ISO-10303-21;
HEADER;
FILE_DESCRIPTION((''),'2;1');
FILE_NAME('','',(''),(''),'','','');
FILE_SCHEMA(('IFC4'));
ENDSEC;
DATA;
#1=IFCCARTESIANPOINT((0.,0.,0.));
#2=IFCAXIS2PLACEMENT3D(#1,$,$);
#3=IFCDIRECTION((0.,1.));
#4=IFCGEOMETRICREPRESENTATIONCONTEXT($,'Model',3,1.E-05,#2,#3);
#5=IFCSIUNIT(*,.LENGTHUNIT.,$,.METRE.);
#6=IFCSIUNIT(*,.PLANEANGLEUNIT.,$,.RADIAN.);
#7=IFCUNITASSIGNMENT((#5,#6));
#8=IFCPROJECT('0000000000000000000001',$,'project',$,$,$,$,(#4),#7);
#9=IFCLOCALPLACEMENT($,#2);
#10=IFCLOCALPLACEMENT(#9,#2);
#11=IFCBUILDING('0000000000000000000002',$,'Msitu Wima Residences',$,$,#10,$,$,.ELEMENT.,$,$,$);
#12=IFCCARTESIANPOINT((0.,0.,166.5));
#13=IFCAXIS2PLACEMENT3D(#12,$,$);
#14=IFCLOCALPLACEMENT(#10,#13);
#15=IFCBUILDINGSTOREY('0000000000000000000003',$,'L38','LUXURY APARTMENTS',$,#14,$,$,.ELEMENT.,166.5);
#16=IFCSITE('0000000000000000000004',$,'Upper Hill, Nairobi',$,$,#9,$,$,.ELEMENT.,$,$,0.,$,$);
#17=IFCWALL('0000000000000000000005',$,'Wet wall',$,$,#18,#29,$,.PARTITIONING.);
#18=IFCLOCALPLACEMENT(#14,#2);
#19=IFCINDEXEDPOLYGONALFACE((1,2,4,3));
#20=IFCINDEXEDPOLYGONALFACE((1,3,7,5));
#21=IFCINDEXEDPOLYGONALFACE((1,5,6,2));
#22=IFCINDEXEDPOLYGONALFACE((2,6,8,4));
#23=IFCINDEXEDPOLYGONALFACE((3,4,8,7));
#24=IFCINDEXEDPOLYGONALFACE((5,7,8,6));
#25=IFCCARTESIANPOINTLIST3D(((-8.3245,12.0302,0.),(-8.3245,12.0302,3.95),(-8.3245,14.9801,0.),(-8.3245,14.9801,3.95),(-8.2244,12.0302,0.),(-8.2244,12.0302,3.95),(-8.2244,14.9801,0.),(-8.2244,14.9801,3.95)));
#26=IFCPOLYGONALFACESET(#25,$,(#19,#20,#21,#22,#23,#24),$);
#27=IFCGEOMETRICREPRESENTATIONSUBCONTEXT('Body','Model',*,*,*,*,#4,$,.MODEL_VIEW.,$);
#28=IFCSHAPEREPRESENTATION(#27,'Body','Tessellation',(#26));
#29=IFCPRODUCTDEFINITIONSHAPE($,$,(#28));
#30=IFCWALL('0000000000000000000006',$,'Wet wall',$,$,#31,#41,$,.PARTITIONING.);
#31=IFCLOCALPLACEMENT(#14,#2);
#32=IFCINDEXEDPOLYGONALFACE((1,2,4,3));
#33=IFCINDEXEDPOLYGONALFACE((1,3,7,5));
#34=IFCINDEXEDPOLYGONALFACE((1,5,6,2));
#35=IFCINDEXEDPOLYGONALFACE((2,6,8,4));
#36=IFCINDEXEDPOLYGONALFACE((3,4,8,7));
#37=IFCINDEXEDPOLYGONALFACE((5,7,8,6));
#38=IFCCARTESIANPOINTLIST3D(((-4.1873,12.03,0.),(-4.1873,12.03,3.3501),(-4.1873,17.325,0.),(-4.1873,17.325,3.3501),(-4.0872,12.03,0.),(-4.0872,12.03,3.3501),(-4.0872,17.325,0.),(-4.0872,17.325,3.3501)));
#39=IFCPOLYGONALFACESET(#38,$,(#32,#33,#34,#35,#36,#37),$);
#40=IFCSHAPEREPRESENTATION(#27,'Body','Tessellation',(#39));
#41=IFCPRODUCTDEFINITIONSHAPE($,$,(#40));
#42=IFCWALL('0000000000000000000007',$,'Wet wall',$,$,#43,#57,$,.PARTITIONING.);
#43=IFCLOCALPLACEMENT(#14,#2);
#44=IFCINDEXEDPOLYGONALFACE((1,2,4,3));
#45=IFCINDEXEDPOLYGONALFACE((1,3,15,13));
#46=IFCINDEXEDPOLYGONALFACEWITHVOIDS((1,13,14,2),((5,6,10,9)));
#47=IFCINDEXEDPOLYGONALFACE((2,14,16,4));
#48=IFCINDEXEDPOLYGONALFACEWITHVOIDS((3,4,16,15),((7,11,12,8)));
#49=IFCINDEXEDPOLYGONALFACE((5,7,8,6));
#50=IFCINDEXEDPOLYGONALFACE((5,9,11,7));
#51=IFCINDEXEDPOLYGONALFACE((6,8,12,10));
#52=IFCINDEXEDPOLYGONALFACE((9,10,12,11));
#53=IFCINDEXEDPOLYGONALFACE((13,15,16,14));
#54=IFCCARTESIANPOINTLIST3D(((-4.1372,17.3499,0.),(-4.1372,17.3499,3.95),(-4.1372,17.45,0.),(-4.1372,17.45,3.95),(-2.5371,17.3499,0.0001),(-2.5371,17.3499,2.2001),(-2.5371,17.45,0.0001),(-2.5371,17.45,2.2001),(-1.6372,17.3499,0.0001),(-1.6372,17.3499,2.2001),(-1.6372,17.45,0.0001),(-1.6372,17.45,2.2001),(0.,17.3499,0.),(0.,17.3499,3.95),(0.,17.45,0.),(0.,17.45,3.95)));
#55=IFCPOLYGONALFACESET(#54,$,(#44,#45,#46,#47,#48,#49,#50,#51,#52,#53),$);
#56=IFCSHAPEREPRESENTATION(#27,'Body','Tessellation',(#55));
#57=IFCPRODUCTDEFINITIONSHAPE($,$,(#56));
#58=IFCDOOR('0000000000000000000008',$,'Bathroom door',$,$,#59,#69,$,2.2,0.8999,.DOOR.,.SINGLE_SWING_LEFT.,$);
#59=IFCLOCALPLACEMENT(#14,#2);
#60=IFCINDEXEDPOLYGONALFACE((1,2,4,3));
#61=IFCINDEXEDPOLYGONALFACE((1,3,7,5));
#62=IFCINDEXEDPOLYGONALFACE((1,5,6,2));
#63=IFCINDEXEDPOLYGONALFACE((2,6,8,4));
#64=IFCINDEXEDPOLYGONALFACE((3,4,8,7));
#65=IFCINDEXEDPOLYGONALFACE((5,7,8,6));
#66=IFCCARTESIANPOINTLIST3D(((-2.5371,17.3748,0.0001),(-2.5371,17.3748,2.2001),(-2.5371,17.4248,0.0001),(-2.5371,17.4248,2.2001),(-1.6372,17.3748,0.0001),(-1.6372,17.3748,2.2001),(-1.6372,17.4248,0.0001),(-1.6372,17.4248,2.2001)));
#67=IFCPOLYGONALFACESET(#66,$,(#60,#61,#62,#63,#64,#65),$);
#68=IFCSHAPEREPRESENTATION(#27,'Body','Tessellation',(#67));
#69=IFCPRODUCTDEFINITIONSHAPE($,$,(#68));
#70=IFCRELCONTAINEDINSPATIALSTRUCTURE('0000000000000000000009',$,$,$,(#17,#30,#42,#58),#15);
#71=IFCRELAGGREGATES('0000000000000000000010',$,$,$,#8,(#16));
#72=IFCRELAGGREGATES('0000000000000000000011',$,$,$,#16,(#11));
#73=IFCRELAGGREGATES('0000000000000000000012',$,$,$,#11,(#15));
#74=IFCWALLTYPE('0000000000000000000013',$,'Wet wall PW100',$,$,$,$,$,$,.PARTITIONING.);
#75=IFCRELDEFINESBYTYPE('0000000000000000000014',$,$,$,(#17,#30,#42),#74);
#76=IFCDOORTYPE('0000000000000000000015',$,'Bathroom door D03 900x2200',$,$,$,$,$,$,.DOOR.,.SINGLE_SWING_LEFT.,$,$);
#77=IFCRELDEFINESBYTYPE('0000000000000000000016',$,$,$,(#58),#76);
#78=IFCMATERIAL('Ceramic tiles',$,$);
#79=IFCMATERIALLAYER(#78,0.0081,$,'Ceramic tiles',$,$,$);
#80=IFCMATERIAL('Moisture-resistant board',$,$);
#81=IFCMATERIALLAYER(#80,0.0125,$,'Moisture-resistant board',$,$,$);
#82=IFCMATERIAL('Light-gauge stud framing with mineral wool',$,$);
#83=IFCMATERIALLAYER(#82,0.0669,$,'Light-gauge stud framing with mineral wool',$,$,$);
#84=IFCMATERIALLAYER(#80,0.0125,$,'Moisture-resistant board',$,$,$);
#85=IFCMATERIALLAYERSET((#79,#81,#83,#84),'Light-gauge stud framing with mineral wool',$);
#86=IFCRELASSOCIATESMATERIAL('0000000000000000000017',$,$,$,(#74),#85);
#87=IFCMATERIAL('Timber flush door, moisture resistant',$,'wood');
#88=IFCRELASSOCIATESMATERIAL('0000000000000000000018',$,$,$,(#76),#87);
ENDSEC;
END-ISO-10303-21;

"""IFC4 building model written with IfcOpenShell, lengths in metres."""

from ifc_helpers import new_model, si_unit, direction, frame, frame_2d, origin, place, context, subcontext, project, spatial, rectangle, extrude, material, layer, layer_set, type_object, element, fill, save


model = new_model("IFC4")

# Units and contexts
model_context = context("Model", 3, precision=1e-05, world=origin(), true_north=direction((0.0, 1.0)))
body_context = subcontext(model_context, "Body", "Model", "MODEL_VIEW")
ifc_project = project(units=[si_unit("LENGTHUNIT", "METRE"), si_unit("PLANEANGLEUNIT", "RADIAN")], contexts=[model_context])

# Site, building, storey
site_placement = place(None, origin())
site = spatial("IfcSite", under=ifc_project, at=site_placement, Name="Upper Hill, Nairobi", CompositionType="ELEMENT", RefElevation=0.0)
building_placement = place(site_placement, origin())
building = spatial("IfcBuilding", under=site, at=building_placement, Name="Msitu Wima Residences", CompositionType="ELEMENT")
storey_placement = place(building_placement, frame((0.0, 0.0, 166.5)))
storey = spatial("IfcBuildingStorey", under=building, at=storey_placement, Name="L38", Description="LUXURY APARTMENTS", CompositionType="ELEMENT", Elevation=166.5)

# Shared definitions
ifc_material_1 = material(Name="Ceramic tiles")
ifc_layer_1 = layer(ifc_material_1, 0.0081, Name="Ceramic tiles")
ifc_material_2 = material(Name="Moisture-resistant board")
ifc_layer_2 = layer(ifc_material_2, 0.0125, Name="Moisture-resistant board")
ifc_material_3 = material(Name="Light-gauge stud framing with mineral wool")
ifc_layer_3 = layer(ifc_material_3, 0.0669, Name="Light-gauge stud framing with mineral wool")
ifc_layer_4 = layer(ifc_material_2, 0.0125, Name="Moisture-resistant board")
ifc_layer_set_1 = layer_set([ifc_layer_1, ifc_layer_2, ifc_layer_3, ifc_layer_4], Name="Light-gauge stud framing with mineral wool")
wall_type_1 = type_object("IfcWallType", Name="Wet wall PW100", PredefinedType="PARTITIONING", material=ifc_layer_set_1)

# Walls
wall_1_placement = place(storey_placement, frame((-8.2744, 12.03, 0.0), z_axis=(0.0, 0.0, 1.0), x_axis=(0.0, 1.0, 0.0)))
element("IfcWall", 1, at=wall_1_placement, inside=storey, type_object=wall_type_1, Name="Wet wall", PredefinedType="PARTITIONING", context=body_context, shape_type="SweptSolid", body=[
    extrude(rectangle(XDim=2.95, YDim=0.1001, at=frame_2d((1.4751, 0.0))), origin(), (0.0, 0.0, 1.0), 3.95),
])
wall_2_placement = place(storey_placement, frame((-4.1372, 12.03, 0.0), z_axis=(0.0, 0.0, 1.0), x_axis=(0.0, 1.0, 0.0)))
element("IfcWall", 2, at=wall_2_placement, inside=storey, type_object=wall_type_1, Name="Wet wall", PredefinedType="PARTITIONING", context=body_context, shape_type="SweptSolid", body=[
    extrude(rectangle(XDim=5.2949, YDim=0.1001, at=frame_2d((2.6475, 0.0))), origin(), (0.0, 0.0, 1.0), 3.3501),
])

# Wall, opening, door
wall_3_placement = place(storey_placement, frame((-4.1372, 17.3999, 0.0), z_axis=(0.0, 0.0, 1.0), x_axis=(1.0, 0.0, 0.0)))
wall_3 = element("IfcWall", 3, at=wall_3_placement, inside=storey, type_object=wall_type_1, Name="Wet wall", PredefinedType="PARTITIONING", context=body_context, shape_type="SweptSolid", body=[
    extrude(rectangle(XDim=4.1372, YDim=0.1001, at=frame_2d((2.0686, 0.0))), origin(), (0.0, 0.0, 1.0), 3.95),
])
opening_1_placement = place(wall_3_placement, frame((1.6001, 0.0, 0.0)))
opening_1 = element("IfcOpeningElement", 4, at=opening_1_placement, cuts=wall_3, PredefinedType="OPENING", context=body_context, shape_type="SweptSolid", body=[
    extrude(rectangle(XDim=0.8999, YDim=2.2, at=frame_2d((0.45, 1.1001))), frame((0.0, 0.0601, 0.0), z_axis=(0.0, -1.0, 0.0), x_axis=(1.0, 0.0, 0.0)), (0.0, 0.0, 1.0), 0.1201),
])
ifc_material_4 = material(Name="Timber flush door, moisture resistant", Category="wood")
door_type_1 = type_object("IfcDoorType", Name="Bathroom door D03 900x2200", OperationType="SINGLE_SWING_LEFT", PredefinedType="DOOR", material=ifc_material_4)
door_1_placement = place(opening_1_placement, origin())
door_1 = element("IfcDoor", 5, at=door_1_placement, inside=storey, type_object=door_type_1, Name="Bathroom door", OperationType="SINGLE_SWING_LEFT", OverallHeight=2.2, OverallWidth=0.8999, PredefinedType="DOOR", context=body_context, shape_type="SweptSolid", body=[
    extrude(rectangle(XDim=0.8999, YDim=2.2, at=frame_2d((0.45, 1.1001))), frame((0.0, 0.0249, 0.0), z_axis=(0.0, -1.0, 0.0), x_axis=(1.0, 0.0, 0.0)), (0.0, 0.0, 1.0), 0.05),
])
fill(opening_1, door_1)

save(model, "model.ifc")
